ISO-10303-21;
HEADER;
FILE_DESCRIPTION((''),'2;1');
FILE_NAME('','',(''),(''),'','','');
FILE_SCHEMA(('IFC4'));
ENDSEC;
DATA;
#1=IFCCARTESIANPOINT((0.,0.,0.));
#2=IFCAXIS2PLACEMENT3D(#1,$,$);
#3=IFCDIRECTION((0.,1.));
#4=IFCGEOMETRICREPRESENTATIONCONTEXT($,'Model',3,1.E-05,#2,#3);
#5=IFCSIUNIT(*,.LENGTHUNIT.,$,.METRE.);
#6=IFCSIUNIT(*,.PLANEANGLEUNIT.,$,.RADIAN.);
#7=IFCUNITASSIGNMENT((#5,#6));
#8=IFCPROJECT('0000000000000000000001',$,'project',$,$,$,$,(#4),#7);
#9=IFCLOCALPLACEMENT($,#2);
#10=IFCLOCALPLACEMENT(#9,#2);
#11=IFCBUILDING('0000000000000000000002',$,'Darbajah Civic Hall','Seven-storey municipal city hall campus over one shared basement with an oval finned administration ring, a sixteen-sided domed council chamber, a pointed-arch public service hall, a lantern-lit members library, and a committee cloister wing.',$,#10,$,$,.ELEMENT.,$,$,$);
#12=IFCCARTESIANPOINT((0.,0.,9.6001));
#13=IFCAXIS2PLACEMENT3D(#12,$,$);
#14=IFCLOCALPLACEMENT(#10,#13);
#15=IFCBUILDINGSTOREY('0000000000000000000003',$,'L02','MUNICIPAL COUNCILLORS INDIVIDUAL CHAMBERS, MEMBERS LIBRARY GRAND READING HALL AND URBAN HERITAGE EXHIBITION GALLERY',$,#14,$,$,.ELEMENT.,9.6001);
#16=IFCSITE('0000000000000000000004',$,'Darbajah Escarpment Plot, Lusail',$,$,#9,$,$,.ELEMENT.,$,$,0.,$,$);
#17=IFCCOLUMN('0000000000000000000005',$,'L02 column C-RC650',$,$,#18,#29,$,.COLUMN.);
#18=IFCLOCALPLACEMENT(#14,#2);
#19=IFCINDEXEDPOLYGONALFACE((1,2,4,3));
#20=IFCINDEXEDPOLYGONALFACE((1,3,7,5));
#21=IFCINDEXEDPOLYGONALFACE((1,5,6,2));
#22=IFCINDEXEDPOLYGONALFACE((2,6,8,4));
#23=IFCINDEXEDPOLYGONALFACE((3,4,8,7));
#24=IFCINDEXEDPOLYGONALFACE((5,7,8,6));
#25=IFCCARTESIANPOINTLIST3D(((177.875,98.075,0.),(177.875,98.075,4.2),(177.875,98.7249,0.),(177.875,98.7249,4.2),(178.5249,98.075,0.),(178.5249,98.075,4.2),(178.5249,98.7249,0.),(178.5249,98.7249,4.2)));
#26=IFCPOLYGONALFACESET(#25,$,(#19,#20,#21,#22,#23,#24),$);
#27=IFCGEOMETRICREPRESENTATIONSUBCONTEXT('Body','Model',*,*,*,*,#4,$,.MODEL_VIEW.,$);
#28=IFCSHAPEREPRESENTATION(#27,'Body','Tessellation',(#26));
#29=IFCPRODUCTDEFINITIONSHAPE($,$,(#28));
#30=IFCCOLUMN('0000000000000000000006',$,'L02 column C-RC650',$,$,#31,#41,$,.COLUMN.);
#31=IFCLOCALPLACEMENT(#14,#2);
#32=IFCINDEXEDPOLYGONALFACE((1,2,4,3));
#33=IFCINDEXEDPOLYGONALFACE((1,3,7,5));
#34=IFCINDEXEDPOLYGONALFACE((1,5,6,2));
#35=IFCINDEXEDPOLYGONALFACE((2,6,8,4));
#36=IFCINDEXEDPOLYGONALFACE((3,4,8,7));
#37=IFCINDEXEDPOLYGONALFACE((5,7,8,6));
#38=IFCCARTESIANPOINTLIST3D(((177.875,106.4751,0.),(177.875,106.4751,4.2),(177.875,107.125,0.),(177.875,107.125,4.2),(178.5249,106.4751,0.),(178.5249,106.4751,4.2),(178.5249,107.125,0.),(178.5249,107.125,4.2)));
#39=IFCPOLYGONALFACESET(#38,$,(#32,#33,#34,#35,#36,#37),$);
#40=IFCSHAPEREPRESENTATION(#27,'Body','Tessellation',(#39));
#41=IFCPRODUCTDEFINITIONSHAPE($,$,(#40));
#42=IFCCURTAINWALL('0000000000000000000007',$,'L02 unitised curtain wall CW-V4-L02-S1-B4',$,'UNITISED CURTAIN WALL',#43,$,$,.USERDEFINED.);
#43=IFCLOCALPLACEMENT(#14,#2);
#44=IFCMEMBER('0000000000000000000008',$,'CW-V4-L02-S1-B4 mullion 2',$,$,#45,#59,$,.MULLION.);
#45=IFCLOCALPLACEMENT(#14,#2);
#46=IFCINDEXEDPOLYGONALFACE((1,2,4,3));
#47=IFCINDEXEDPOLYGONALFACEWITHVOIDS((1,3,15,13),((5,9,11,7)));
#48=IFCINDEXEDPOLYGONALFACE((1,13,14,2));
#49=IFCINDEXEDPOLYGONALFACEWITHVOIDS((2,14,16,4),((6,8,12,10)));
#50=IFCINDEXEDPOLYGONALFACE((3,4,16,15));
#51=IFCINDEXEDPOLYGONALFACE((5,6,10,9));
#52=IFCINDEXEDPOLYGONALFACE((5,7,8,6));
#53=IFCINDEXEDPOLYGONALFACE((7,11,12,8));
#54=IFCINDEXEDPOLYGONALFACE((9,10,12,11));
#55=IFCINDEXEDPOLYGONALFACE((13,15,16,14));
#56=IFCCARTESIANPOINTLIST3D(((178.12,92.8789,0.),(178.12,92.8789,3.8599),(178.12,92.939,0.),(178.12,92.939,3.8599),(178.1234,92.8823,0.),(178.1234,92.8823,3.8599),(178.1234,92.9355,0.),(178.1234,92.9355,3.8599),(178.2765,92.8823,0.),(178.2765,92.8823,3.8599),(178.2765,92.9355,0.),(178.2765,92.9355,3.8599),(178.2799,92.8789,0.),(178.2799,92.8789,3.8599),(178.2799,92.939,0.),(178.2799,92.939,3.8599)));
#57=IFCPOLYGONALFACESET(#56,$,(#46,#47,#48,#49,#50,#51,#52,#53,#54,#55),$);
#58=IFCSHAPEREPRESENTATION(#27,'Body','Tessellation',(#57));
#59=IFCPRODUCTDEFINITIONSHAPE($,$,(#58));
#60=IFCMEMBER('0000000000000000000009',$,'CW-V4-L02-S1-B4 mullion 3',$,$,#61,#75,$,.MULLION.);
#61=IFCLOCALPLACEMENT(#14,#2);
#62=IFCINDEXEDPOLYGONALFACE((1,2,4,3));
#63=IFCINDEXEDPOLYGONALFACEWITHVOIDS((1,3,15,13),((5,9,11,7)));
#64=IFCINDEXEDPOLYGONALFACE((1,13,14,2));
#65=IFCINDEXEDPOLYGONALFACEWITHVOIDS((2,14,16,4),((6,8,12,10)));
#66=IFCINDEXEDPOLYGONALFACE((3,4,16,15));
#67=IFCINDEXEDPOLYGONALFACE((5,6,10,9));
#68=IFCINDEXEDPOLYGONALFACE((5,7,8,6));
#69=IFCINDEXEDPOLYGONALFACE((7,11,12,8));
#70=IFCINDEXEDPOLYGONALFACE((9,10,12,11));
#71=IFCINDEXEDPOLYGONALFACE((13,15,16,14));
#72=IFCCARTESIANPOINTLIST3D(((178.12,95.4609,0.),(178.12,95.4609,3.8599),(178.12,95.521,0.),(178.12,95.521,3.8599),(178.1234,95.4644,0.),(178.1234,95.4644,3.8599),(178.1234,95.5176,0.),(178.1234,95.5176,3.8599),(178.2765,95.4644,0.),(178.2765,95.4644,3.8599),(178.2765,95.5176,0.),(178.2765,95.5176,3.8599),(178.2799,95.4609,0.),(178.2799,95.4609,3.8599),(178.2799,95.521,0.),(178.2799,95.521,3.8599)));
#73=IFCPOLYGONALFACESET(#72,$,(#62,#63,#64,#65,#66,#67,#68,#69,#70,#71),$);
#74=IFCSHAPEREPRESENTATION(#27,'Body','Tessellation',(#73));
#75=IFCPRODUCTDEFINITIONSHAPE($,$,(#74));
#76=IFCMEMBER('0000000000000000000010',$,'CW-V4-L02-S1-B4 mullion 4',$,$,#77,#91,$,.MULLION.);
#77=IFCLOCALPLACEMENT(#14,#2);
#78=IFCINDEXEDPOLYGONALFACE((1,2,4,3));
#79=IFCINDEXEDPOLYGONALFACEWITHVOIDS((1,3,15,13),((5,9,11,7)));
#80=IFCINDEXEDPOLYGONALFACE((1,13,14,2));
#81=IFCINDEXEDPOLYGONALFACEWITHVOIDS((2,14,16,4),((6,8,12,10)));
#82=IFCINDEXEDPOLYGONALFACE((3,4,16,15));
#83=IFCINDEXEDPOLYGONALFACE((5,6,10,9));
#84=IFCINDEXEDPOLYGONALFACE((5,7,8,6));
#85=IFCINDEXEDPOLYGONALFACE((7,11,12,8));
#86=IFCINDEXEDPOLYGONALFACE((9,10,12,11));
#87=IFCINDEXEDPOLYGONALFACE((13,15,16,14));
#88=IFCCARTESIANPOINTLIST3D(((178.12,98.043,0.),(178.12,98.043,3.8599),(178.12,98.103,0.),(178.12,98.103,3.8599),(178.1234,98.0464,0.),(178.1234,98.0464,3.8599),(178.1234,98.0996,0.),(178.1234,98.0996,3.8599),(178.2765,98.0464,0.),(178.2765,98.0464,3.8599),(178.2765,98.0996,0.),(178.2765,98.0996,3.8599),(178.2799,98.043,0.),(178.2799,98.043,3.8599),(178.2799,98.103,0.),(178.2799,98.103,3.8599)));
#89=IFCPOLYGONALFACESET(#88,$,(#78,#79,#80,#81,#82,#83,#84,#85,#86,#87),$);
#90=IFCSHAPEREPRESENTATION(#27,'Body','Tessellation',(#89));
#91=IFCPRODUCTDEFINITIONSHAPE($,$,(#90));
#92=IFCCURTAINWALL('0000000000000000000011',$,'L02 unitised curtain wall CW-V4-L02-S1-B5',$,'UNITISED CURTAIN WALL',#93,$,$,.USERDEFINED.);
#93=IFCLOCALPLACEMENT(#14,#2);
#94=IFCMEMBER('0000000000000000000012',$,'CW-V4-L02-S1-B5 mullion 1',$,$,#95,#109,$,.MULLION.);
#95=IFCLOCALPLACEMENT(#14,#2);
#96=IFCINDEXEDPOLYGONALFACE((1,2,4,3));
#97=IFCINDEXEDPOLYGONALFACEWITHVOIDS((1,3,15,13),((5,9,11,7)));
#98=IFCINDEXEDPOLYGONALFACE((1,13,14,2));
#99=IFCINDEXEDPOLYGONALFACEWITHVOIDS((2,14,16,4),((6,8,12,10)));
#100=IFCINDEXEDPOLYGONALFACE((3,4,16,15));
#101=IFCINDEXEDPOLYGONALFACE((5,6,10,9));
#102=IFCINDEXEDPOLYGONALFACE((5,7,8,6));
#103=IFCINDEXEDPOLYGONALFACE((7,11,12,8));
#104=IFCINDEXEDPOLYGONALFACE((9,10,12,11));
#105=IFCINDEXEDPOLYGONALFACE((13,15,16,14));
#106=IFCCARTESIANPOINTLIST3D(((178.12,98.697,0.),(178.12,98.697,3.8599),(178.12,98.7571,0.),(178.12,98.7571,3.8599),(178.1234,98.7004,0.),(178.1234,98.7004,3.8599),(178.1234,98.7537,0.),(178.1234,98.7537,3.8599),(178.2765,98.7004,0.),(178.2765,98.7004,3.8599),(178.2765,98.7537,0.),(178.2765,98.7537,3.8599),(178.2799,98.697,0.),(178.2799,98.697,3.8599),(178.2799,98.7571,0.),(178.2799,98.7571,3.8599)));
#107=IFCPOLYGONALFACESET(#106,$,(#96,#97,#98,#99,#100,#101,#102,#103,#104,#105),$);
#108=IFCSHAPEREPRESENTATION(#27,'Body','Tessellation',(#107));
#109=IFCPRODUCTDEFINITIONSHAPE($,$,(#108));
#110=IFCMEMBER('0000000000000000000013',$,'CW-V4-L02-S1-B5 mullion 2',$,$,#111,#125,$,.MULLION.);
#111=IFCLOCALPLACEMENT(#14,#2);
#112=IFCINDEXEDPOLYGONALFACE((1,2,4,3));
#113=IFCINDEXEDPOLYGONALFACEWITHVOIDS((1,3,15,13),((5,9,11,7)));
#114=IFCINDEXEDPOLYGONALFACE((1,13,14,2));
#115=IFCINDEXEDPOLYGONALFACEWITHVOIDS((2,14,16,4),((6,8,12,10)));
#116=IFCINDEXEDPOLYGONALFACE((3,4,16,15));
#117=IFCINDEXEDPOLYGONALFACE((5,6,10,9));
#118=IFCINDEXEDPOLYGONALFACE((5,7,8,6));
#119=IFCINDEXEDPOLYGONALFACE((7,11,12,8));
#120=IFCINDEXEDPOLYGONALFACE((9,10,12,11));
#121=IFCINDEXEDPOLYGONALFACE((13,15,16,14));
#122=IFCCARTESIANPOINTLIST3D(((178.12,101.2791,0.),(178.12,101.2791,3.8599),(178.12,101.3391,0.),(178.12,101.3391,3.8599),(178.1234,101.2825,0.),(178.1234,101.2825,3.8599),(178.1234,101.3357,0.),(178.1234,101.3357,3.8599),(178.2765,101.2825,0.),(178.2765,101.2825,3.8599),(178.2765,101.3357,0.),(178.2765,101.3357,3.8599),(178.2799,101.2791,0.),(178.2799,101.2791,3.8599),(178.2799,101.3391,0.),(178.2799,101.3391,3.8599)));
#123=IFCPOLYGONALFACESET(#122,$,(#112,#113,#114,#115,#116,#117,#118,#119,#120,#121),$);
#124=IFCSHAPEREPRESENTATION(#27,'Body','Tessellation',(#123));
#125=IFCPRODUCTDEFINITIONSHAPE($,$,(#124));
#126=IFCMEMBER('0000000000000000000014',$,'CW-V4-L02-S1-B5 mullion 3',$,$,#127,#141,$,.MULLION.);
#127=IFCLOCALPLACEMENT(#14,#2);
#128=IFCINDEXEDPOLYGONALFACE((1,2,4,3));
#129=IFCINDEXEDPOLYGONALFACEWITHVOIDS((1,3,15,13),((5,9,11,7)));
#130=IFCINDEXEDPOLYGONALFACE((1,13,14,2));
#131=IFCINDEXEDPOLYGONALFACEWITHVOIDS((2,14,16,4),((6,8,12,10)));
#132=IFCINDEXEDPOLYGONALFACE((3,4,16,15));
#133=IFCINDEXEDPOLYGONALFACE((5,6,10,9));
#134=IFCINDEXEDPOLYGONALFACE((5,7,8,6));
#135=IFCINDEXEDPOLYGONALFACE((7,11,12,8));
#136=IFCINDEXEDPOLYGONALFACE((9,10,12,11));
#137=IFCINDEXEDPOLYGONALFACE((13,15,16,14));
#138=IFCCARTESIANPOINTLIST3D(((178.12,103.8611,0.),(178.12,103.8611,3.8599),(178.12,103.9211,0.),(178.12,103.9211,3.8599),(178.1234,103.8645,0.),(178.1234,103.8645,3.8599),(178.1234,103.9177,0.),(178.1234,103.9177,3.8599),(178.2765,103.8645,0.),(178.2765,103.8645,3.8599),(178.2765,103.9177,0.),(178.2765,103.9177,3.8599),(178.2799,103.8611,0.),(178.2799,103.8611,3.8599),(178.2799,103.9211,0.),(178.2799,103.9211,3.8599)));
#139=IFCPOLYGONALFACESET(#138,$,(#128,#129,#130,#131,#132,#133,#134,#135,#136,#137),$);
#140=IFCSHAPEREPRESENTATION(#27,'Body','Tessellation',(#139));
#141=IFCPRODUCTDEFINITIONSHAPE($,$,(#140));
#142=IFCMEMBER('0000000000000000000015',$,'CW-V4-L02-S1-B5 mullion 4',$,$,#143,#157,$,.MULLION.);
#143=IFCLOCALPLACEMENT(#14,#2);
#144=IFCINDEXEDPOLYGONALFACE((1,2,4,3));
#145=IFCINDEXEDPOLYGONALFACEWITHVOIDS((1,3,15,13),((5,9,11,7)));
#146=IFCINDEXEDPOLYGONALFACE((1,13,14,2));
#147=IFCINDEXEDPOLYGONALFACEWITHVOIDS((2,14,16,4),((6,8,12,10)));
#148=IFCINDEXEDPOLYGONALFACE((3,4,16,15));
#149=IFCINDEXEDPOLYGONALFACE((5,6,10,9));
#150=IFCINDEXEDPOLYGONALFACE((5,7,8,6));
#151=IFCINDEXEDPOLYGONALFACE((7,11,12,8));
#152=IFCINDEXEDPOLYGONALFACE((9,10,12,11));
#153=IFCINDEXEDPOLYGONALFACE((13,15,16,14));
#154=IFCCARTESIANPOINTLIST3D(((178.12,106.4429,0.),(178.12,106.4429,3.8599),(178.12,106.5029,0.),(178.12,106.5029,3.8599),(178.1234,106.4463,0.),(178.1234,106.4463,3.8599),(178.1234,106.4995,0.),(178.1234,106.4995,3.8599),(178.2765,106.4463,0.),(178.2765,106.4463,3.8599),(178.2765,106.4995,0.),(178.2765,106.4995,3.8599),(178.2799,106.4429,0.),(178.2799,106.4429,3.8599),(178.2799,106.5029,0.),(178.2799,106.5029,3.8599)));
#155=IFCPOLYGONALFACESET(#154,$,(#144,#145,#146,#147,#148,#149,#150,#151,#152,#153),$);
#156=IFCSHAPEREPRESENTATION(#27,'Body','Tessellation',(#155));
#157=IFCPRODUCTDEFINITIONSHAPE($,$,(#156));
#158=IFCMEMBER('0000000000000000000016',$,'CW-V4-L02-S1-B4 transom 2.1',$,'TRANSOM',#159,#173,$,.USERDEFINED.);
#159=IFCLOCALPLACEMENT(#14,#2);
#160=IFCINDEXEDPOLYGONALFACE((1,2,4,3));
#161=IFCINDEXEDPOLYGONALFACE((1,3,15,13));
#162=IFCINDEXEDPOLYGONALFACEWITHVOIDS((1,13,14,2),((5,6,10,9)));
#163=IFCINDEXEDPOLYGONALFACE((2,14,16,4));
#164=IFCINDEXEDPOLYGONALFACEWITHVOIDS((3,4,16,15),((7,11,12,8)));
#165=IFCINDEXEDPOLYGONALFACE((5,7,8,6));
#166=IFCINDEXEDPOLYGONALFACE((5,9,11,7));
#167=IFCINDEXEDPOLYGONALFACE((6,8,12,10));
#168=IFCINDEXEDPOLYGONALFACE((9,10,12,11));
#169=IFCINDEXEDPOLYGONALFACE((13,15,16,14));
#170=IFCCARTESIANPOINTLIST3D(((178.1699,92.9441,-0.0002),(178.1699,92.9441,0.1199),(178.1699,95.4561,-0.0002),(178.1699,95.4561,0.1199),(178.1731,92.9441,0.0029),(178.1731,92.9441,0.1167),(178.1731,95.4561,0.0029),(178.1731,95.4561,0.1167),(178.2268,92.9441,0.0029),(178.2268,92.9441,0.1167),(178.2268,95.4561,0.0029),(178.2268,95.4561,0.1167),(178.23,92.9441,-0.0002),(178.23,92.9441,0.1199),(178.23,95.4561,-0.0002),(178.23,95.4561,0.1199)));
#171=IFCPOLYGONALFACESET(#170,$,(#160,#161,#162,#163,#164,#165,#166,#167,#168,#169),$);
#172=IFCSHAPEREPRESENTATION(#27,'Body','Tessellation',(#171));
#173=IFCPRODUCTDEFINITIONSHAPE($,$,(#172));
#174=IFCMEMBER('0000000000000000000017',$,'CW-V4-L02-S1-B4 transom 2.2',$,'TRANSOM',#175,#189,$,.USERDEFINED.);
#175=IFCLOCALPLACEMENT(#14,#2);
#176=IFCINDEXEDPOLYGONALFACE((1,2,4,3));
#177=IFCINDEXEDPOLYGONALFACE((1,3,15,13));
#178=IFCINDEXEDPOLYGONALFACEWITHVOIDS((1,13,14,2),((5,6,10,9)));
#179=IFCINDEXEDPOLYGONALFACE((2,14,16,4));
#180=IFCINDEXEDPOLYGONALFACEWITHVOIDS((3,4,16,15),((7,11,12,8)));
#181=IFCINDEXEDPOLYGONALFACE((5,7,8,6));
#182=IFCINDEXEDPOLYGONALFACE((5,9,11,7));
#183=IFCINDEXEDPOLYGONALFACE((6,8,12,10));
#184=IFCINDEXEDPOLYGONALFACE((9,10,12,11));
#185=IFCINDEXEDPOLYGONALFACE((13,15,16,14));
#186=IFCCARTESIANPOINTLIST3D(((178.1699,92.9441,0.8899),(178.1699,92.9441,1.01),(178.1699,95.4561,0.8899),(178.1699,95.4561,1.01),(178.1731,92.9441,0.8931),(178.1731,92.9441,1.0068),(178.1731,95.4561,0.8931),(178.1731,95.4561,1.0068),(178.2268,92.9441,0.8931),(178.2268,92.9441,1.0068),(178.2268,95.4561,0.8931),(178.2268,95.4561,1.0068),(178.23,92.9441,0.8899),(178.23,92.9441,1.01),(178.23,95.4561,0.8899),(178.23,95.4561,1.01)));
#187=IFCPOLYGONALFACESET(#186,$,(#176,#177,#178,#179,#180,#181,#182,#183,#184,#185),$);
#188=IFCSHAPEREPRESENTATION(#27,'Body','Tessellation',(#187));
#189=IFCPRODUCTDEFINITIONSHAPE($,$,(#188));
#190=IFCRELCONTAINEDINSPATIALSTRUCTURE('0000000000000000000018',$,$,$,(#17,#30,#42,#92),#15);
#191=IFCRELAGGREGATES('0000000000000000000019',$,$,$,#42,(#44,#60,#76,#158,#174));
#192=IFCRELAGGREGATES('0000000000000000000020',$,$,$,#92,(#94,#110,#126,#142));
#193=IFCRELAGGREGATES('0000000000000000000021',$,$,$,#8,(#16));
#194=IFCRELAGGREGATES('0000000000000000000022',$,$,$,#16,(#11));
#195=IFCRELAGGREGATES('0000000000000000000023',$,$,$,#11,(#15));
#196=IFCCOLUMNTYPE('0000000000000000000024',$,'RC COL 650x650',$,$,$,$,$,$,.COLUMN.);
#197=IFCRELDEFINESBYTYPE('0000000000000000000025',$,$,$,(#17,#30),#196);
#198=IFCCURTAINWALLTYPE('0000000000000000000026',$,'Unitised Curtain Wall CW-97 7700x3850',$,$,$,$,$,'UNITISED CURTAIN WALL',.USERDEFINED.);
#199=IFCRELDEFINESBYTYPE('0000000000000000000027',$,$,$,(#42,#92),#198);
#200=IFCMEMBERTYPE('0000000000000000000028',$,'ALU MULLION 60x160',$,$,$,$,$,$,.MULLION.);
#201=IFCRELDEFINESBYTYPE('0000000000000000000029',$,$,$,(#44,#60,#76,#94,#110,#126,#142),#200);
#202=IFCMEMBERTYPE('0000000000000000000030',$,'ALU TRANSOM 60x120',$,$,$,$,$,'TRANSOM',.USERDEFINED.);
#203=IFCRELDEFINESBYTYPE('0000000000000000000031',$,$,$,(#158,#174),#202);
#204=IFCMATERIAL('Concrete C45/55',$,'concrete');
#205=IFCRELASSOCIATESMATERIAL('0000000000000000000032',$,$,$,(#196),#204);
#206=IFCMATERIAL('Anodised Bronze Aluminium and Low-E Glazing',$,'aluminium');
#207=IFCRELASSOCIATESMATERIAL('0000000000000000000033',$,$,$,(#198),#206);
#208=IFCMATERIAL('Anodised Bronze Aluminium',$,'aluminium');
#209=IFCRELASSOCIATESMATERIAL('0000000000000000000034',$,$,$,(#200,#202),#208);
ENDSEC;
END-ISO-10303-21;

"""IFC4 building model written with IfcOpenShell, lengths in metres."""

from ifc_helpers import new_model, si_unit, direction, frame, origin, origin_2d, place, context, subcontext, project, spatial, rectangle, hollow_rectangle, extrude, material, material_profile, profile_set, type_object, element, aggregate, save


model = new_model("IFC4")

# Units and contexts
model_context = context("Model", 3, precision=1e-05, world=origin(), true_north=direction((0.0, 1.0)))
body_context = subcontext(model_context, "Body", "Model", "MODEL_VIEW")
ifc_project = project(units=[si_unit("LENGTHUNIT", "METRE"), si_unit("PLANEANGLEUNIT", "RADIAN")], contexts=[model_context])

# Site, building, storey
site_placement = place(None, origin())
site = spatial("IfcSite", under=ifc_project, at=site_placement, Name="Darbajah Escarpment Plot, Lusail", CompositionType="ELEMENT", RefElevation=0.0)
building_placement = place(site_placement, origin())
building = spatial("IfcBuilding", under=site, at=building_placement, Name="Darbajah Civic Hall", Description="Seven-storey municipal city hall campus over one shared basement with an oval finned administration ring, a sixteen-sided domed council chamber, a pointed-arch public service hall, a lantern-lit members library, and a committee cloister wing.", CompositionType="ELEMENT")
storey_placement = place(building_placement, frame((0.0, 0.0, 9.6001)))
storey = spatial("IfcBuildingStorey", under=building, at=storey_placement, Name="L02", Description="MUNICIPAL COUNCILLORS INDIVIDUAL CHAMBERS, MEMBERS LIBRARY GRAND READING HALL AND URBAN HERITAGE EXHIBITION GALLERY", CompositionType="ELEMENT", Elevation=9.6001)

# Columns
ifc_material_1 = material(Name="Concrete C45/55", Category="concrete")
ifc_material_profile_1 = material_profile(ifc_material_1, rectangle(XDim=0.6499, YDim=0.6499, at=origin_2d()), Name="RC COL 650x650")
ifc_profile_set_1 = profile_set([ifc_material_profile_1], Name="Concrete C45/55")
column_type = type_object("IfcColumnType", Name="RC COL 650x650", PredefinedType="COLUMN", material=ifc_profile_set_1)
for number, where, z_axis, x_axis, name in (
    (1, (178.2, 98.3999, 0.0), (0.0, 0.0, 1.0), (1.0, 0.0, 0.0), "L02 column C-RC650"),
    (2, (178.2, 106.8, 0.0), (0.0, 0.0, 1.0), (1.0, 0.0, 0.0), "L02 column C-RC650"),
):
    element("IfcColumn", number, at=place(storey_placement, frame(where, z_axis=z_axis, x_axis=x_axis)), inside=storey, type_object=column_type, Name=name, PredefinedType="COLUMN", context=body_context, shape_type="SweptSolid", body=[
        extrude(rectangle(XDim=0.6499, YDim=0.6499, at=origin_2d()), origin(), (0.0, 0.0, 1.0), 4.2),
    ])

# Curtain walls, members
ifc_material_2 = material(Name="Anodised Bronze Aluminium and Low-E Glazing", Category="aluminium")
curtain_wall_type = type_object("IfcCurtainWallType", Name="Unitised Curtain Wall CW-97 7700x3850", ElementType="UNITISED CURTAIN WALL", PredefinedType="USERDEFINED", material=ifc_material_2)
curtain_wall_1_placement = place(storey_placement, origin())
curtain_wall_1 = element("IfcCurtainWall", 3, at=curtain_wall_1_placement, inside=storey, type_object=curtain_wall_type, Name="L02 unitised curtain wall CW-V4-L02-S1-B4", ObjectType="UNITISED CURTAIN WALL", PredefinedType="USERDEFINED")
ifc_material_3 = material(Name="Anodised Bronze Aluminium", Category="aluminium")
ifc_material_profile_2 = material_profile(ifc_material_3, hollow_rectangle(XDim=0.0601, YDim=0.1599, WallThickness=0.0034, at=origin_2d()), Name="ALU MULLION 60x160")
ifc_profile_set_2 = profile_set([ifc_material_profile_2], Name="Anodised Bronze Aluminium")
member_type_1 = type_object("IfcMemberType", Name="ALU MULLION 60x160", PredefinedType="MULLION", material=ifc_profile_set_2)
member_1_placement = place(storey_placement, frame((178.2, 92.9089, 0.0), z_axis=(0.0, 0.0, 1.0), x_axis=(0.0, 1.0, 0.0)))
member_1 = element("IfcMember", 4, at=member_1_placement, type_object=member_type_1, Name="CW-V4-L02-S1-B4 mullion 2", PredefinedType="MULLION", context=body_context, shape_type="SweptSolid", body=[
    extrude(hollow_rectangle(XDim=0.0601, YDim=0.1599, WallThickness=0.0034, at=origin_2d()), origin(), (0.0, 0.0, 1.0), 3.8599),
])
member_2_placement = place(storey_placement, frame((178.2, 95.491, 0.0), z_axis=(0.0, 0.0, 1.0), x_axis=(0.0, 1.0, 0.0)))
member_2 = element("IfcMember", 5, at=member_2_placement, type_object=member_type_1, Name="CW-V4-L02-S1-B4 mullion 3", PredefinedType="MULLION", context=body_context, shape_type="SweptSolid", body=[
    extrude(hollow_rectangle(XDim=0.0601, YDim=0.1599, WallThickness=0.0034, at=origin_2d()), origin(), (0.0, 0.0, 1.0), 3.8599),
])
member_3_placement = place(storey_placement, frame((178.2, 98.073, 0.0), z_axis=(0.0, 0.0, 1.0), x_axis=(0.0, 1.0, 0.0)))
member_3 = element("IfcMember", 6, at=member_3_placement, type_object=member_type_1, Name="CW-V4-L02-S1-B4 mullion 4", PredefinedType="MULLION", context=body_context, shape_type="SweptSolid", body=[
    extrude(hollow_rectangle(XDim=0.0601, YDim=0.1599, WallThickness=0.0034, at=origin_2d()), origin(), (0.0, 0.0, 1.0), 3.8599),
])
curtain_wall_2_placement = place(storey_placement, origin())
curtain_wall_2 = element("IfcCurtainWall", 7, at=curtain_wall_2_placement, inside=storey, type_object=curtain_wall_type, Name="L02 unitised curtain wall CW-V4-L02-S1-B5", ObjectType="UNITISED CURTAIN WALL", PredefinedType="USERDEFINED")
member_4_placement = place(storey_placement, frame((178.2, 98.7271, 0.0), z_axis=(0.0, 0.0, 1.0), x_axis=(0.0, 1.0, 0.0)))
member_4 = element("IfcMember", 8, at=member_4_placement, type_object=member_type_1, Name="CW-V4-L02-S1-B5 mullion 1", PredefinedType="MULLION", context=body_context, shape_type="SweptSolid", body=[
    extrude(hollow_rectangle(XDim=0.0601, YDim=0.1599, WallThickness=0.0034, at=origin_2d()), origin(), (0.0, 0.0, 1.0), 3.8599),
])
member_5_placement = place(storey_placement, frame((178.2, 101.3091, 0.0), z_axis=(0.0, 0.0, 1.0), x_axis=(0.0, 1.0, 0.0)))
member_5 = element("IfcMember", 9, at=member_5_placement, type_object=member_type_1, Name="CW-V4-L02-S1-B5 mullion 2", PredefinedType="MULLION", context=body_context, shape_type="SweptSolid", body=[
    extrude(hollow_rectangle(XDim=0.0601, YDim=0.1599, WallThickness=0.0034, at=origin_2d()), origin(), (0.0, 0.0, 1.0), 3.8599),
])
member_6_placement = place(storey_placement, frame((178.2, 103.8911, 0.0), z_axis=(0.0, 0.0, 1.0), x_axis=(0.0, 1.0, 0.0)))
member_6 = element("IfcMember", 10, at=member_6_placement, type_object=member_type_1, Name="CW-V4-L02-S1-B5 mullion 3", PredefinedType="MULLION", context=body_context, shape_type="SweptSolid", body=[
    extrude(hollow_rectangle(XDim=0.0601, YDim=0.1599, WallThickness=0.0034, at=origin_2d()), origin(), (0.0, 0.0, 1.0), 3.8599),
])
member_7_placement = place(storey_placement, frame((178.2, 106.4729, 0.0), z_axis=(0.0, 0.0, 1.0), x_axis=(0.0, 1.0, 0.0)))
member_7 = element("IfcMember", 11, at=member_7_placement, type_object=member_type_1, Name="CW-V4-L02-S1-B5 mullion 4", PredefinedType="MULLION", context=body_context, shape_type="SweptSolid", body=[
    extrude(hollow_rectangle(XDim=0.0601, YDim=0.1599, WallThickness=0.0034, at=origin_2d()), origin(), (0.0, 0.0, 1.0), 3.8599),
])

# Members
ifc_material_profile_3 = material_profile(ifc_material_3, hollow_rectangle(XDim=0.0601, YDim=0.1201, WallThickness=0.0032, at=origin_2d()), Name="ALU TRANSOM 60x120")
ifc_profile_set_3 = profile_set([ifc_material_profile_3], Name="Anodised Bronze Aluminium")
member_type_2 = type_object("IfcMemberType", Name="ALU TRANSOM 60x120", ElementType="TRANSOM", PredefinedType="USERDEFINED", material=ifc_profile_set_3)
member_8_placement = place(storey_placement, frame((178.2, 92.9441, 0.0598), z_axis=(0.0, 1.0, 0.0), x_axis=(-1.0, 0.0, 0.0)))
member_8 = element("IfcMember", 12, at=member_8_placement, type_object=member_type_2, Name="CW-V4-L02-S1-B4 transom 2.1", ObjectType="TRANSOM", PredefinedType="USERDEFINED", context=body_context, shape_type="SweptSolid", body=[
    extrude(hollow_rectangle(XDim=0.0601, YDim=0.1201, WallThickness=0.0032, at=origin_2d()), origin(), (0.0, 0.0, 1.0), 2.512),
])
member_9_placement = place(storey_placement, frame((178.2, 92.9441, 0.95), z_axis=(0.0, 1.0, 0.0), x_axis=(-1.0, 0.0, 0.0)))
member_9 = element("IfcMember", 13, at=member_9_placement, type_object=member_type_2, Name="CW-V4-L02-S1-B4 transom 2.2", ObjectType="TRANSOM", PredefinedType="USERDEFINED", context=body_context, shape_type="SweptSolid", body=[
    extrude(hollow_rectangle(XDim=0.0601, YDim=0.1201, WallThickness=0.0032, at=origin_2d()), origin(), (0.0, 0.0, 1.0), 2.512),
])

aggregate(curtain_wall_1, [member_1, member_2, member_3, member_8, member_9])
aggregate(curtain_wall_2, [member_4, member_5, member_6, member_7])

save(model, "model.ifc")
